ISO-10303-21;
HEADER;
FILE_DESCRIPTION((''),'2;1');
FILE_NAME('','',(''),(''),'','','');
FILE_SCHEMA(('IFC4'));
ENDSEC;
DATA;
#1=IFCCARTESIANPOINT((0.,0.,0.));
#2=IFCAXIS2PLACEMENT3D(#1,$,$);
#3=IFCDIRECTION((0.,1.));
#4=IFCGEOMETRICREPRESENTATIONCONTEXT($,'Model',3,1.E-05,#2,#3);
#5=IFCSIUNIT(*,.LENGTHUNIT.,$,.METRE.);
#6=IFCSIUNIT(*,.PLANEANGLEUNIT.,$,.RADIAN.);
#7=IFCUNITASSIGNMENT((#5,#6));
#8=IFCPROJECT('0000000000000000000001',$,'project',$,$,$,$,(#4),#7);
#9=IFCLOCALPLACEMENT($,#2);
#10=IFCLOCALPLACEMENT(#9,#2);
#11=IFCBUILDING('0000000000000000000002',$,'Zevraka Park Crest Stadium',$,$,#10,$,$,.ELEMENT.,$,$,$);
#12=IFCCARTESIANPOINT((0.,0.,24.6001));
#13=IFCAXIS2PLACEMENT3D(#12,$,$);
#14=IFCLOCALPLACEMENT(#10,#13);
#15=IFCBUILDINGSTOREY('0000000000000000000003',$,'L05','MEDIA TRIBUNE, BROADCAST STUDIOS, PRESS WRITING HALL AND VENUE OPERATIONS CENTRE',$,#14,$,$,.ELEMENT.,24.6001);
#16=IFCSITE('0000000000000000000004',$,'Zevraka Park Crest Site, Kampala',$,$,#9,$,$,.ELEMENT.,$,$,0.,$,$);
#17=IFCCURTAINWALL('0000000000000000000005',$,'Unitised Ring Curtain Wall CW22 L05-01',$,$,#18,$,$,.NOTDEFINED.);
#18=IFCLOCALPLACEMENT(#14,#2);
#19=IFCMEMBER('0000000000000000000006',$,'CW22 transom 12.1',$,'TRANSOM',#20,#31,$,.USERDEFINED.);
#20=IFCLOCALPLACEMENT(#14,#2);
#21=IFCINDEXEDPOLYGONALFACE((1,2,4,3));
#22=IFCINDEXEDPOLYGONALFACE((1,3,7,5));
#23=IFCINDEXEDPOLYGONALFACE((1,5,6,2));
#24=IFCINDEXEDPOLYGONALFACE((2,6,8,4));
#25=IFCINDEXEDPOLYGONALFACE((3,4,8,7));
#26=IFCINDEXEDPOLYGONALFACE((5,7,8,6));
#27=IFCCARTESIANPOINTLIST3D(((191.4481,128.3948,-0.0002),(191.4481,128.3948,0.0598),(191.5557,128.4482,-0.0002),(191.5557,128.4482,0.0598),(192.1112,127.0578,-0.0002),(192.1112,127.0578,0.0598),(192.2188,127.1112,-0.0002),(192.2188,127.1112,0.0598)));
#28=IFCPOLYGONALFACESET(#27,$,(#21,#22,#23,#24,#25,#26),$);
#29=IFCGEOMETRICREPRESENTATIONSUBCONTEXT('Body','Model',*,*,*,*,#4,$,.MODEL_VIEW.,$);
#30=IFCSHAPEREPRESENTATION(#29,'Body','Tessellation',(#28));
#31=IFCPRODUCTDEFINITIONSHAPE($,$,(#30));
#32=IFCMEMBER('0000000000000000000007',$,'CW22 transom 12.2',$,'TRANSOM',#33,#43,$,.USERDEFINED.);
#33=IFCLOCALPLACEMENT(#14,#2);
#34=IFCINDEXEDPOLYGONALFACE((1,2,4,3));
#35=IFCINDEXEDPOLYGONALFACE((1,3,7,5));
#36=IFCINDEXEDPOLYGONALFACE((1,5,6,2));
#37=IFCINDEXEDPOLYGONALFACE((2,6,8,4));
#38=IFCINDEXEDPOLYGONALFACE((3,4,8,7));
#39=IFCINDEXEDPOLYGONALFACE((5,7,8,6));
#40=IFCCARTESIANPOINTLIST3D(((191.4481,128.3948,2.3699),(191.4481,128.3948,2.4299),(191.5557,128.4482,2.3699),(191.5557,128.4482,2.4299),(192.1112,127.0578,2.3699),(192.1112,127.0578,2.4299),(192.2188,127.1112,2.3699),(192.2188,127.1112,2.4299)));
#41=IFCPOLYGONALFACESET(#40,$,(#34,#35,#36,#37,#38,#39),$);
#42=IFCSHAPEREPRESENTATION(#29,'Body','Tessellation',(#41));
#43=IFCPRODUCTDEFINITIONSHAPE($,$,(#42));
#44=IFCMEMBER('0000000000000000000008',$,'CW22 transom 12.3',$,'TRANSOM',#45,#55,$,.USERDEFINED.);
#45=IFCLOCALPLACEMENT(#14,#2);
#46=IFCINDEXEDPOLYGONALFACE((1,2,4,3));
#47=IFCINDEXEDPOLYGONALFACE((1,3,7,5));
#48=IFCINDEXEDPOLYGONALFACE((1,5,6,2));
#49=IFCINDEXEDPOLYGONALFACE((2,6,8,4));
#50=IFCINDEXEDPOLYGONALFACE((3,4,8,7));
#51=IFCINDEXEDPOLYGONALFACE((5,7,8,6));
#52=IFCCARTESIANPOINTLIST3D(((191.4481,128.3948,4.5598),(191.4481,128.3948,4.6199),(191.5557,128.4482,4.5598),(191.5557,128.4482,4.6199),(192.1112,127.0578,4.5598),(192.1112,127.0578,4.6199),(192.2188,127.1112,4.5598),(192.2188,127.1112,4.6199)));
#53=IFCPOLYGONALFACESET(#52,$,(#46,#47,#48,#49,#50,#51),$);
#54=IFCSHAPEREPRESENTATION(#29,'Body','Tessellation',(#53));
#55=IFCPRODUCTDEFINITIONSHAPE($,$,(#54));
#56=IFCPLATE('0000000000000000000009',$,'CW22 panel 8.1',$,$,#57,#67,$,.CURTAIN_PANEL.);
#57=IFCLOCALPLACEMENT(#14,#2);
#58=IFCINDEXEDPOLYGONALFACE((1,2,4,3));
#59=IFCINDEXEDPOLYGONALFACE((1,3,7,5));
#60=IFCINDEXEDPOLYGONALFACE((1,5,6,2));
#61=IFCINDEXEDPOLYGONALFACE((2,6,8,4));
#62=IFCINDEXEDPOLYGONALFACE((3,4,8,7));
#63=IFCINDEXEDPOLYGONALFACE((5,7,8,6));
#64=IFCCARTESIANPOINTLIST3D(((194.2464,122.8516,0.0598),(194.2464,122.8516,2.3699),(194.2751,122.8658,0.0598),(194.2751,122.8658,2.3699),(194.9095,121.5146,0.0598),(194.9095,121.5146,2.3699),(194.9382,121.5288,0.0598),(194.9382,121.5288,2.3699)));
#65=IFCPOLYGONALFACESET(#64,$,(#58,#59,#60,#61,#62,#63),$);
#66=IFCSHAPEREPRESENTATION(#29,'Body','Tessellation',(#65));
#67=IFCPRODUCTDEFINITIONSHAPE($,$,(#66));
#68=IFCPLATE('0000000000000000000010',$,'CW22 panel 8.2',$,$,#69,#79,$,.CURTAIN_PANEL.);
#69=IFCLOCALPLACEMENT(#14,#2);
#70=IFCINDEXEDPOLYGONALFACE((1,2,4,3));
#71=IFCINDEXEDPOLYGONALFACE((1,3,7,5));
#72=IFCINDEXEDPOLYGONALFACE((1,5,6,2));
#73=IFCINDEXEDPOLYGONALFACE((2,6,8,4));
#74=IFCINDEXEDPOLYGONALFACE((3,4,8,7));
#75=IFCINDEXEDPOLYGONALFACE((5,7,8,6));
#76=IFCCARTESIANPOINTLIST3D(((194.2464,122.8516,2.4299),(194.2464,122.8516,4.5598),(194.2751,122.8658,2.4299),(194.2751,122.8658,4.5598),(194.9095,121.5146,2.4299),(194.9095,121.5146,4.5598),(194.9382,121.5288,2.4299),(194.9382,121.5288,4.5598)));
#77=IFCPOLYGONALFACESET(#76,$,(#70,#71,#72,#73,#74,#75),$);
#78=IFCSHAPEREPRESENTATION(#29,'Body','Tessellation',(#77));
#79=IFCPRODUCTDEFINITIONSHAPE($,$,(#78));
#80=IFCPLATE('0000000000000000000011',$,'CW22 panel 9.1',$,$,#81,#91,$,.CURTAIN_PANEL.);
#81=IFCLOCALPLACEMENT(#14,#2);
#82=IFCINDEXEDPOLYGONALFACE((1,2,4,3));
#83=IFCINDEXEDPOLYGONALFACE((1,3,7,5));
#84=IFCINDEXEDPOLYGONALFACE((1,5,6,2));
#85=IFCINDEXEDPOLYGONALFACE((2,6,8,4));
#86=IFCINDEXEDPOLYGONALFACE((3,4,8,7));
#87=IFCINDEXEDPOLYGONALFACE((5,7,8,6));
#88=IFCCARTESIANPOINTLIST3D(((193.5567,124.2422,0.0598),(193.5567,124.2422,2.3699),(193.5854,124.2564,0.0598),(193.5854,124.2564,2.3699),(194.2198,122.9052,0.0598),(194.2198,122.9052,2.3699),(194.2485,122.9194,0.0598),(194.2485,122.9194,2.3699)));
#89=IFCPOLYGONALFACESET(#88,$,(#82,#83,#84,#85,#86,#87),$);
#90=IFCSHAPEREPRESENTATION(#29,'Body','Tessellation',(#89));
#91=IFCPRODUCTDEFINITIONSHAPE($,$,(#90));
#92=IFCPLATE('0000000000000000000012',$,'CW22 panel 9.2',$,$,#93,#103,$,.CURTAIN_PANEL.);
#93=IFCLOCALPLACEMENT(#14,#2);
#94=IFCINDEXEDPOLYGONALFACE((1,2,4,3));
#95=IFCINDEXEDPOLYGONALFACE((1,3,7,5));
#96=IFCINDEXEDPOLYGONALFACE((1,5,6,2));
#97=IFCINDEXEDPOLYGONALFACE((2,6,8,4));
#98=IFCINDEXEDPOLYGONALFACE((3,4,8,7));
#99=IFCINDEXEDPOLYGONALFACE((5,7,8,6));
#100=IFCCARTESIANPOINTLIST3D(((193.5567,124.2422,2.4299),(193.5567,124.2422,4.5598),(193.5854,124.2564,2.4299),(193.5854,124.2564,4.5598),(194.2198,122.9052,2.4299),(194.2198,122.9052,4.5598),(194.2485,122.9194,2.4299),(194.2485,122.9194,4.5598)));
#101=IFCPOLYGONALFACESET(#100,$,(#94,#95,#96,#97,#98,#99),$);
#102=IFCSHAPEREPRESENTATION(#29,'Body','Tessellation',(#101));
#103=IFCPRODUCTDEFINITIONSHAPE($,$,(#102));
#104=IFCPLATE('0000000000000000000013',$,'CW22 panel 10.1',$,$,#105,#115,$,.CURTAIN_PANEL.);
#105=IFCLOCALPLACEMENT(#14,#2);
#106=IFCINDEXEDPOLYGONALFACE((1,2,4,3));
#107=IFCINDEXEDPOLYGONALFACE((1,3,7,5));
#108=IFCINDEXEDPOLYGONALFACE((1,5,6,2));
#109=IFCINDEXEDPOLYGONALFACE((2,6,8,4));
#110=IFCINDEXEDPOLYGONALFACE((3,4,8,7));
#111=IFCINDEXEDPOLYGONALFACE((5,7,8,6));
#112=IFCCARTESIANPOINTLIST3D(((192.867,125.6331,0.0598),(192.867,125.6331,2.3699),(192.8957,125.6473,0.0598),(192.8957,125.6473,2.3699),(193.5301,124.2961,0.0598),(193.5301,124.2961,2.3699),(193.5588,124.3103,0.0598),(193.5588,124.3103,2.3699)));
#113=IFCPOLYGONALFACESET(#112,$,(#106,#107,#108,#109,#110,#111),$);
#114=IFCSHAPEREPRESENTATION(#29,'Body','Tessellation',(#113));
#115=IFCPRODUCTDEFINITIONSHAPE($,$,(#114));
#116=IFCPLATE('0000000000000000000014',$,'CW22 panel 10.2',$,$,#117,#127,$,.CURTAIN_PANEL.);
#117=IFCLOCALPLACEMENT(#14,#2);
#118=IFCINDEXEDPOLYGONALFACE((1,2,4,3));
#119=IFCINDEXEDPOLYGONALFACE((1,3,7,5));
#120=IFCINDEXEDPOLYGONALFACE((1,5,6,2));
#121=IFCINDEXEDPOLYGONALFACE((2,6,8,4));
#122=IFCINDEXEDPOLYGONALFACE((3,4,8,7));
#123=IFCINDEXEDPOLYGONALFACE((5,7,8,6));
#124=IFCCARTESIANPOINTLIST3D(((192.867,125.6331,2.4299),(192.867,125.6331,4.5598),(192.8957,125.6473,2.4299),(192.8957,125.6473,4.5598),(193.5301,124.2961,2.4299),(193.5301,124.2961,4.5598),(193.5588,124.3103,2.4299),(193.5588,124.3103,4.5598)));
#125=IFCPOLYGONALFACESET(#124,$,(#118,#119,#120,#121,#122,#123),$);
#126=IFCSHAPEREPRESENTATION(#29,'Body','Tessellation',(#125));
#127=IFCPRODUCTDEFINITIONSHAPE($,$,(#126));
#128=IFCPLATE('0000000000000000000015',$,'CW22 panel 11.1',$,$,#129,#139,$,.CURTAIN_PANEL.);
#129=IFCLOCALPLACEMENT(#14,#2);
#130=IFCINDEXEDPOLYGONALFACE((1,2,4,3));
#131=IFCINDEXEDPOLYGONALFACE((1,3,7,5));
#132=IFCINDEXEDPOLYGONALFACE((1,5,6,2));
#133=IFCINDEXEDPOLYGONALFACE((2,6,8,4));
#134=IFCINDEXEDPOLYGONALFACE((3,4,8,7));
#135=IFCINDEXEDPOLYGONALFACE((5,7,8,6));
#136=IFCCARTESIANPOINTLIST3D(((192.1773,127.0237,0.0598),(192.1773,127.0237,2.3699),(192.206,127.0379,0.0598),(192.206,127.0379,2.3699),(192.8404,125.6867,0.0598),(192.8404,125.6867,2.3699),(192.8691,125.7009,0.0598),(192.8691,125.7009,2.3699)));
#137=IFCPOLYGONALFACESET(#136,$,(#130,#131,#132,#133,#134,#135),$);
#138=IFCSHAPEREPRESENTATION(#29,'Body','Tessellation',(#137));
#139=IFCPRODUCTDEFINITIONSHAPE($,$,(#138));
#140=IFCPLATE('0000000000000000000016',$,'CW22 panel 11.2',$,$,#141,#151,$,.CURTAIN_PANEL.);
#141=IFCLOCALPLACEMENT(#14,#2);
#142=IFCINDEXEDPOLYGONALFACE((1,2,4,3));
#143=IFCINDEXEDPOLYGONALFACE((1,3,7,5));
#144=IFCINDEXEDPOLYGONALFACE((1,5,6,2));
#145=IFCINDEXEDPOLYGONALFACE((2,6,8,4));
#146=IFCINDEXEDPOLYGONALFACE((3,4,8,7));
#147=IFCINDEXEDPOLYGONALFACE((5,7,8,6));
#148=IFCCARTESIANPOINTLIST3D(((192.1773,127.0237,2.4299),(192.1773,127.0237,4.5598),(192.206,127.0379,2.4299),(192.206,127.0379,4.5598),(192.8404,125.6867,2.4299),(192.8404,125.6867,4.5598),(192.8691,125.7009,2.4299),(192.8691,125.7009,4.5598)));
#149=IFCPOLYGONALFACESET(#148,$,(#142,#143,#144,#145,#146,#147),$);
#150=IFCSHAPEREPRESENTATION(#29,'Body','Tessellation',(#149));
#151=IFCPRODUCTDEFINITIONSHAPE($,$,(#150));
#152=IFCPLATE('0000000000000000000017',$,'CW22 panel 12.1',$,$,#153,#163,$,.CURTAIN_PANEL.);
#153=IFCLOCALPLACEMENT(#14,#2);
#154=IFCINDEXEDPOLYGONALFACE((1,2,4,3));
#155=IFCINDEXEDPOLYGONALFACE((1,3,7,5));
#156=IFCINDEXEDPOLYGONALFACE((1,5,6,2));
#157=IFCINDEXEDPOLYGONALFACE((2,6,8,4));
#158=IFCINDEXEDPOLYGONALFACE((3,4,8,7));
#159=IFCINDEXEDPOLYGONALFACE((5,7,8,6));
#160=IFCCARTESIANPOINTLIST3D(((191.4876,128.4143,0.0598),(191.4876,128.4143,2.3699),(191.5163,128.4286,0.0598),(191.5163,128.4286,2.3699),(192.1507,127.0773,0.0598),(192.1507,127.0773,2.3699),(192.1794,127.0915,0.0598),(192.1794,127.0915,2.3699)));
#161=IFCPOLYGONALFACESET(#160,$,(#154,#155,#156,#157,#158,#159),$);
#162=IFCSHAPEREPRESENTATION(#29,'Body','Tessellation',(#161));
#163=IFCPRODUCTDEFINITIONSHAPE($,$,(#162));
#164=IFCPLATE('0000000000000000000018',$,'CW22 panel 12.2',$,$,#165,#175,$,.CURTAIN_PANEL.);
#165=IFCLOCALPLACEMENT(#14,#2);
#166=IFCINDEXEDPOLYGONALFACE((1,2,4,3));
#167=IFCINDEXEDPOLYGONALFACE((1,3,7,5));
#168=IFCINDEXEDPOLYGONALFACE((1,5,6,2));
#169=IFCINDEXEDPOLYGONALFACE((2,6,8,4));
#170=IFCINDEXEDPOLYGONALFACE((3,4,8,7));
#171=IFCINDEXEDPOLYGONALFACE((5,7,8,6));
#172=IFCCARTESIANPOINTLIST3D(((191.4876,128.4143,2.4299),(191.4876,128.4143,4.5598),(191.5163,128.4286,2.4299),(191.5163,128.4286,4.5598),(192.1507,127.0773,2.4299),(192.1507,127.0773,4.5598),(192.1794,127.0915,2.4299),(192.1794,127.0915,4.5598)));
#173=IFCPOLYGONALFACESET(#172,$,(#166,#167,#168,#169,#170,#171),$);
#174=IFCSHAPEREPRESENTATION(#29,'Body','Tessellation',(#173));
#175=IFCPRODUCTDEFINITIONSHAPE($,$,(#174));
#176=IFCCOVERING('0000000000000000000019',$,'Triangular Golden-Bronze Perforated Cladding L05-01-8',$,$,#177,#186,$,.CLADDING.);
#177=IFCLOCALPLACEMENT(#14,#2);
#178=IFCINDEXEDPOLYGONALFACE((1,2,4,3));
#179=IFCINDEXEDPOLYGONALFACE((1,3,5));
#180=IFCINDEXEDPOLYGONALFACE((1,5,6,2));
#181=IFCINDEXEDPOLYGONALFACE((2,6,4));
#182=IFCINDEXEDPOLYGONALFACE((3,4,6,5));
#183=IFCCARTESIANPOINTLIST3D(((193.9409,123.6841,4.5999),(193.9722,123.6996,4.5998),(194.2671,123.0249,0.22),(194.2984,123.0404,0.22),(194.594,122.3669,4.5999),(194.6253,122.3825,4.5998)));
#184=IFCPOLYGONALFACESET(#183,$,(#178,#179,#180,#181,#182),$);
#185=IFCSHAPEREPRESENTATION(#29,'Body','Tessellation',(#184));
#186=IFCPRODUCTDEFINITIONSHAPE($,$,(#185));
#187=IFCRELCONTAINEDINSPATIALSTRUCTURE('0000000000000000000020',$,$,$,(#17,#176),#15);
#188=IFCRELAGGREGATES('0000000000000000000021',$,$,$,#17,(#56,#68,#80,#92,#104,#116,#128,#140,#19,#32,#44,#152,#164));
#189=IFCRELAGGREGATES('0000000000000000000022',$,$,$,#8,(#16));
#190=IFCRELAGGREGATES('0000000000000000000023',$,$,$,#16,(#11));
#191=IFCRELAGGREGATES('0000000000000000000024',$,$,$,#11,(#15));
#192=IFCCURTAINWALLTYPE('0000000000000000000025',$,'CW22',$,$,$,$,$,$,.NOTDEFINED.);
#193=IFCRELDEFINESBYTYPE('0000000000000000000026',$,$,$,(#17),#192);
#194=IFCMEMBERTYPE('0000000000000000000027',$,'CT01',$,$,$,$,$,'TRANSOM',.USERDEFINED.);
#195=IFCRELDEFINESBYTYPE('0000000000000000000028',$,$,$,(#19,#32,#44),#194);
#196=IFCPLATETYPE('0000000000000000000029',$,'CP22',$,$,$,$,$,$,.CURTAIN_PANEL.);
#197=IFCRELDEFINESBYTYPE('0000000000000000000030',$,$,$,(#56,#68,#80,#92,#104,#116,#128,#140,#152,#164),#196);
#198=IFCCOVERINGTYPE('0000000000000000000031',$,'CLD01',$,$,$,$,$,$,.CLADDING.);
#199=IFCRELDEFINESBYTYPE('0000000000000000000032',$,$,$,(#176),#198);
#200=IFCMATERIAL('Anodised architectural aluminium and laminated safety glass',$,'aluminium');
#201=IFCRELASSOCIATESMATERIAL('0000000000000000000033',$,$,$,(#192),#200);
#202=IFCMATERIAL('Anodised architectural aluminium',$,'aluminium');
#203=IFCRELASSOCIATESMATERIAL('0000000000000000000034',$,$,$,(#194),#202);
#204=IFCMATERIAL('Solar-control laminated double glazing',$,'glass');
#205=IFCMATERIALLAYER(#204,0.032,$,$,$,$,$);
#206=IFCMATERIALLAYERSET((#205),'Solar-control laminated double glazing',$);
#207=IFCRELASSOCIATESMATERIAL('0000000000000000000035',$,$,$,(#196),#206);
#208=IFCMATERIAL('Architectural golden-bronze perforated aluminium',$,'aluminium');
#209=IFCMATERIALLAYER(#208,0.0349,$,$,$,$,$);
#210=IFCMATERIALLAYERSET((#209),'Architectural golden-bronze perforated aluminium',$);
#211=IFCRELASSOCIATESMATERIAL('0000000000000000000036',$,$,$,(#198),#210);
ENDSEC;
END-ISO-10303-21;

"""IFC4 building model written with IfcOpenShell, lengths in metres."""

from ifc_helpers import new_model, si_unit, direction, frame, origin, origin_2d, place, context, subcontext, project, spatial, polyline, rectangle, outline, extrude, material, layer, layer_set, material_profile, profile_set, type_object, element, aggregate, save


model = new_model("IFC4")

# Units and contexts
model_context = context("Model", 3, precision=1e-05, world=origin(), true_north=direction((0.0, 1.0)))
body_context = subcontext(model_context, "Body", "Model", "MODEL_VIEW")
ifc_project = project(units=[si_unit("LENGTHUNIT", "METRE"), si_unit("PLANEANGLEUNIT", "RADIAN")], contexts=[model_context])

# Site, building, storey
site_placement = place(None, origin())
site = spatial("IfcSite", under=ifc_project, at=site_placement, Name="Zevraka Park Crest Site, Kampala", CompositionType="ELEMENT", RefElevation=0.0)
building_placement = place(site_placement, origin())
building = spatial("IfcBuilding", under=site, at=building_placement, Name="Zevraka Park Crest Stadium", CompositionType="ELEMENT")
storey_placement = place(building_placement, frame((0.0, 0.0, 24.6001)))
storey = spatial("IfcBuildingStorey", under=building, at=storey_placement, Name="L05", Description="MEDIA TRIBUNE, BROADCAST STUDIOS, PRESS WRITING HALL AND VENUE OPERATIONS CENTRE", CompositionType="ELEMENT", Elevation=24.6001)

# Curtain wall, members, plates
ifc_material_1 = material(Name="Anodised architectural aluminium and laminated safety glass", Category="aluminium")
curtain_wall_type = type_object("IfcCurtainWallType", Name="CW22", PredefinedType="NOTDEFINED", material=ifc_material_1)
curtain_wall_placement = place(storey_placement, origin())
curtain_wall = element("IfcCurtainWall", 1, at=curtain_wall_placement, inside=storey, type_object=curtain_wall_type, Name="Unitised Ring Curtain Wall CW22 L05-01", PredefinedType="NOTDEFINED")
ifc_material_2 = material(Name="Anodised architectural aluminium", Category="aluminium")
ifc_material_profile_1 = material_profile(ifc_material_2, rectangle(XDim=0.1201, YDim=0.0601, at=origin_2d()), Name="ALU TRANSOM 120x60")
ifc_profile_set_1 = profile_set([ifc_material_profile_1], Name="Anodised architectural aluminium")
member_type_1 = type_object("IfcMemberType", Name="CT01", ElementType="TRANSOM", PredefinedType="USERDEFINED", material=ifc_profile_set_1)
member_1_placement = place(storey_placement, frame((192.165, 127.0845, 0.0298), z_axis=(-0.444332, 0.895862, 0.0), x_axis=(-0.895862, -0.444332, 0.0)))
member_1 = element("IfcMember", 2, at=member_1_placement, type_object=member_type_1, Name="CW22 transom 12.1", ObjectType="TRANSOM", PredefinedType="USERDEFINED", context=body_context, shape_type="SweptSolid", body=[
    extrude(rectangle(XDim=0.1201, YDim=0.0601, at=origin_2d()), origin(), (0.0, 0.0, 1.0), 1.4924),
])
member_2_placement = place(storey_placement, frame((192.165, 127.0845, 2.3999), z_axis=(-0.444332, 0.895862, 0.0), x_axis=(-0.895862, -0.444332, 0.0)))
member_2 = element("IfcMember", 3, at=member_2_placement, type_object=member_type_1, Name="CW22 transom 12.2", ObjectType="TRANSOM", PredefinedType="USERDEFINED", context=body_context, shape_type="SweptSolid", body=[
    extrude(rectangle(XDim=0.1201, YDim=0.0601, at=origin_2d()), origin(), (0.0, 0.0, 1.0), 1.4924),
])
member_3_placement = place(storey_placement, frame((192.165, 127.0845, 4.5898), z_axis=(-0.444332, 0.895862, 0.0), x_axis=(-0.895862, -0.444332, 0.0)))
member_3 = element("IfcMember", 4, at=member_3_placement, type_object=member_type_1, Name="CW22 transom 12.3", ObjectType="TRANSOM", PredefinedType="USERDEFINED", context=body_context, shape_type="SweptSolid", body=[
    extrude(rectangle(XDim=0.1201, YDim=0.0601, at=origin_2d()), origin(), (0.0, 0.0, 1.0), 1.4924),
])
ifc_material_3 = material(Name="Solar-control laminated double glazing", Category="glass")
ifc_layer_1 = layer(ifc_material_3, 0.032)
ifc_layer_set_1 = layer_set([ifc_layer_1], Name="Solar-control laminated double glazing")
plate_type = type_object("IfcPlateType", Name="CP22", PredefinedType="CURTAIN_PANEL", material=ifc_layer_set_1)
plate_1_placement = place(storey_placement, frame((194.5923, 122.1902, 0.0598), z_axis=(0.0, 0.0, 1.0), x_axis=(-0.444297, 0.895879, 0.0)))
plate_1 = element("IfcPlate", 5, at=plate_1_placement, type_object=plate_type, Name="CW22 panel 8.1", PredefinedType="CURTAIN_PANEL", context=body_context, shape_type="SweptSolid", body=[
    extrude(rectangle(XDim=1.4924, YDim=0.032, at=origin_2d()), origin(), (0.0, 0.0, 1.0), 2.3101),
])
plate_2_placement = place(storey_placement, frame((194.5923, 122.1902, 2.4299), z_axis=(0.0, 0.0, 1.0), x_axis=(-0.444297, 0.895879, 0.0)))
plate_2 = element("IfcPlate", 6, at=plate_2_placement, type_object=plate_type, Name="CW22 panel 8.2", PredefinedType="CURTAIN_PANEL", context=body_context, shape_type="SweptSolid", body=[
    extrude(rectangle(XDim=1.4924, YDim=0.032, at=origin_2d()), origin(), (0.0, 0.0, 1.0), 2.1299),
])
plate_3_placement = place(storey_placement, frame((193.9026, 123.5808, 0.0598), z_axis=(0.0, 0.0, 1.0), x_axis=(-0.444297, 0.895879, 0.0)))
plate_3 = element("IfcPlate", 7, at=plate_3_placement, type_object=plate_type, Name="CW22 panel 9.1", PredefinedType="CURTAIN_PANEL", context=body_context, shape_type="SweptSolid", body=[
    extrude(rectangle(XDim=1.4924, YDim=0.032, at=origin_2d()), origin(), (0.0, 0.0, 1.0), 2.3101),
])
plate_4_placement = place(storey_placement, frame((193.9026, 123.5808, 2.4299), z_axis=(0.0, 0.0, 1.0), x_axis=(-0.444297, 0.895879, 0.0)))
plate_4 = element("IfcPlate", 8, at=plate_4_placement, type_object=plate_type, Name="CW22 panel 9.2", PredefinedType="CURTAIN_PANEL", context=body_context, shape_type="SweptSolid", body=[
    extrude(rectangle(XDim=1.4924, YDim=0.032, at=origin_2d()), origin(), (0.0, 0.0, 1.0), 2.1299),
])
plate_5_placement = place(storey_placement, frame((193.2129, 124.9717, 0.0598), z_axis=(0.0, 0.0, 1.0), x_axis=(-0.444297, 0.895879, 0.0)))
plate_5 = element("IfcPlate", 9, at=plate_5_placement, type_object=plate_type, Name="CW22 panel 10.1", PredefinedType="CURTAIN_PANEL", context=body_context, shape_type="SweptSolid", body=[
    extrude(rectangle(XDim=1.4924, YDim=0.032, at=origin_2d()), origin(), (0.0, 0.0, 1.0), 2.3101),
])
plate_6_placement = place(storey_placement, frame((193.2129, 124.9717, 2.4299), z_axis=(0.0, 0.0, 1.0), x_axis=(-0.444297, 0.895879, 0.0)))
plate_6 = element("IfcPlate", 10, at=plate_6_placement, type_object=plate_type, Name="CW22 panel 10.2", PredefinedType="CURTAIN_PANEL", context=body_context, shape_type="SweptSolid", body=[
    extrude(rectangle(XDim=1.4924, YDim=0.032, at=origin_2d()), origin(), (0.0, 0.0, 1.0), 2.1299),
])
plate_7_placement = place(storey_placement, frame((192.5232, 126.3623, 0.0598), z_axis=(0.0, 0.0, 1.0), x_axis=(-0.444297, 0.895879, 0.0)))
plate_7 = element("IfcPlate", 11, at=plate_7_placement, type_object=plate_type, Name="CW22 panel 11.1", PredefinedType="CURTAIN_PANEL", context=body_context, shape_type="SweptSolid", body=[
    extrude(rectangle(XDim=1.4924, YDim=0.032, at=origin_2d()), origin(), (0.0, 0.0, 1.0), 2.3101),
])
plate_8_placement = place(storey_placement, frame((192.5232, 126.3623, 2.4299), z_axis=(0.0, 0.0, 1.0), x_axis=(-0.444297, 0.895879, 0.0)))
plate_8 = element("IfcPlate", 12, at=plate_8_placement, type_object=plate_type, Name="CW22 panel 11.2", PredefinedType="CURTAIN_PANEL", context=body_context, shape_type="SweptSolid", body=[
    extrude(rectangle(XDim=1.4924, YDim=0.032, at=origin_2d()), origin(), (0.0, 0.0, 1.0), 2.1299),
])
plate_9_placement = place(storey_placement, frame((191.8335, 127.7529, 0.0598), z_axis=(0.0, 0.0, 1.0), x_axis=(-0.444297, 0.895879, 0.0)))
plate_9 = element("IfcPlate", 13, at=plate_9_placement, type_object=plate_type, Name="CW22 panel 12.1", PredefinedType="CURTAIN_PANEL", context=body_context, shape_type="SweptSolid", body=[
    extrude(rectangle(XDim=1.4924, YDim=0.032, at=origin_2d()), origin(), (0.0, 0.0, 1.0), 2.3101),
])
plate_10_placement = place(storey_placement, frame((191.8335, 127.7529, 2.4299), z_axis=(0.0, 0.0, 1.0), x_axis=(-0.444297, 0.895879, 0.0)))
plate_10 = element("IfcPlate", 14, at=plate_10_placement, type_object=plate_type, Name="CW22 panel 12.2", PredefinedType="CURTAIN_PANEL", context=body_context, shape_type="SweptSolid", body=[
    extrude(rectangle(XDim=1.4924, YDim=0.032, at=origin_2d()), origin(), (0.0, 0.0, 1.0), 2.1299),
])
aggregate(curtain_wall, [plate_1, plate_2, plate_3, plate_4, plate_5, plate_6, plate_7, plate_8, member_1, member_2, member_3, plate_9, plate_10])

# Covering
ifc_material_4 = material(Name="Architectural golden-bronze perforated aluminium", Category="aluminium")
ifc_layer_2 = layer(ifc_material_4, 0.0349)
ifc_layer_set_2 = layer_set([ifc_layer_2], Name="Architectural golden-bronze perforated aluminium")
covering_type = type_object("IfcCoveringType", Name="CLD01", PredefinedType="CLADDING", material=ifc_layer_set_2)
covering_1_placement = place(storey_placement, frame((193.9409, 123.6841, 4.5999), z_axis=(-0.895917, -0.444222, 0.000137), x_axis=(0.444222, -0.895917, 0.0)))
element("IfcCovering", 15, at=covering_1_placement, inside=storey, type_object=covering_type, Name="Triangular Golden-Bronze Perforated Cladding L05-01-8", PredefinedType="CLADDING", context=body_context, shape_type="SweptSolid", body=[
    extrude(outline(polyline([(0.0, 0.0), (1.4702, 0.0), (0.7355, -4.3799), (0.0, 0.0)])), origin(), (0.0, 0.0, -1.0), 0.0349),
])

save(model, "model.ifc")
